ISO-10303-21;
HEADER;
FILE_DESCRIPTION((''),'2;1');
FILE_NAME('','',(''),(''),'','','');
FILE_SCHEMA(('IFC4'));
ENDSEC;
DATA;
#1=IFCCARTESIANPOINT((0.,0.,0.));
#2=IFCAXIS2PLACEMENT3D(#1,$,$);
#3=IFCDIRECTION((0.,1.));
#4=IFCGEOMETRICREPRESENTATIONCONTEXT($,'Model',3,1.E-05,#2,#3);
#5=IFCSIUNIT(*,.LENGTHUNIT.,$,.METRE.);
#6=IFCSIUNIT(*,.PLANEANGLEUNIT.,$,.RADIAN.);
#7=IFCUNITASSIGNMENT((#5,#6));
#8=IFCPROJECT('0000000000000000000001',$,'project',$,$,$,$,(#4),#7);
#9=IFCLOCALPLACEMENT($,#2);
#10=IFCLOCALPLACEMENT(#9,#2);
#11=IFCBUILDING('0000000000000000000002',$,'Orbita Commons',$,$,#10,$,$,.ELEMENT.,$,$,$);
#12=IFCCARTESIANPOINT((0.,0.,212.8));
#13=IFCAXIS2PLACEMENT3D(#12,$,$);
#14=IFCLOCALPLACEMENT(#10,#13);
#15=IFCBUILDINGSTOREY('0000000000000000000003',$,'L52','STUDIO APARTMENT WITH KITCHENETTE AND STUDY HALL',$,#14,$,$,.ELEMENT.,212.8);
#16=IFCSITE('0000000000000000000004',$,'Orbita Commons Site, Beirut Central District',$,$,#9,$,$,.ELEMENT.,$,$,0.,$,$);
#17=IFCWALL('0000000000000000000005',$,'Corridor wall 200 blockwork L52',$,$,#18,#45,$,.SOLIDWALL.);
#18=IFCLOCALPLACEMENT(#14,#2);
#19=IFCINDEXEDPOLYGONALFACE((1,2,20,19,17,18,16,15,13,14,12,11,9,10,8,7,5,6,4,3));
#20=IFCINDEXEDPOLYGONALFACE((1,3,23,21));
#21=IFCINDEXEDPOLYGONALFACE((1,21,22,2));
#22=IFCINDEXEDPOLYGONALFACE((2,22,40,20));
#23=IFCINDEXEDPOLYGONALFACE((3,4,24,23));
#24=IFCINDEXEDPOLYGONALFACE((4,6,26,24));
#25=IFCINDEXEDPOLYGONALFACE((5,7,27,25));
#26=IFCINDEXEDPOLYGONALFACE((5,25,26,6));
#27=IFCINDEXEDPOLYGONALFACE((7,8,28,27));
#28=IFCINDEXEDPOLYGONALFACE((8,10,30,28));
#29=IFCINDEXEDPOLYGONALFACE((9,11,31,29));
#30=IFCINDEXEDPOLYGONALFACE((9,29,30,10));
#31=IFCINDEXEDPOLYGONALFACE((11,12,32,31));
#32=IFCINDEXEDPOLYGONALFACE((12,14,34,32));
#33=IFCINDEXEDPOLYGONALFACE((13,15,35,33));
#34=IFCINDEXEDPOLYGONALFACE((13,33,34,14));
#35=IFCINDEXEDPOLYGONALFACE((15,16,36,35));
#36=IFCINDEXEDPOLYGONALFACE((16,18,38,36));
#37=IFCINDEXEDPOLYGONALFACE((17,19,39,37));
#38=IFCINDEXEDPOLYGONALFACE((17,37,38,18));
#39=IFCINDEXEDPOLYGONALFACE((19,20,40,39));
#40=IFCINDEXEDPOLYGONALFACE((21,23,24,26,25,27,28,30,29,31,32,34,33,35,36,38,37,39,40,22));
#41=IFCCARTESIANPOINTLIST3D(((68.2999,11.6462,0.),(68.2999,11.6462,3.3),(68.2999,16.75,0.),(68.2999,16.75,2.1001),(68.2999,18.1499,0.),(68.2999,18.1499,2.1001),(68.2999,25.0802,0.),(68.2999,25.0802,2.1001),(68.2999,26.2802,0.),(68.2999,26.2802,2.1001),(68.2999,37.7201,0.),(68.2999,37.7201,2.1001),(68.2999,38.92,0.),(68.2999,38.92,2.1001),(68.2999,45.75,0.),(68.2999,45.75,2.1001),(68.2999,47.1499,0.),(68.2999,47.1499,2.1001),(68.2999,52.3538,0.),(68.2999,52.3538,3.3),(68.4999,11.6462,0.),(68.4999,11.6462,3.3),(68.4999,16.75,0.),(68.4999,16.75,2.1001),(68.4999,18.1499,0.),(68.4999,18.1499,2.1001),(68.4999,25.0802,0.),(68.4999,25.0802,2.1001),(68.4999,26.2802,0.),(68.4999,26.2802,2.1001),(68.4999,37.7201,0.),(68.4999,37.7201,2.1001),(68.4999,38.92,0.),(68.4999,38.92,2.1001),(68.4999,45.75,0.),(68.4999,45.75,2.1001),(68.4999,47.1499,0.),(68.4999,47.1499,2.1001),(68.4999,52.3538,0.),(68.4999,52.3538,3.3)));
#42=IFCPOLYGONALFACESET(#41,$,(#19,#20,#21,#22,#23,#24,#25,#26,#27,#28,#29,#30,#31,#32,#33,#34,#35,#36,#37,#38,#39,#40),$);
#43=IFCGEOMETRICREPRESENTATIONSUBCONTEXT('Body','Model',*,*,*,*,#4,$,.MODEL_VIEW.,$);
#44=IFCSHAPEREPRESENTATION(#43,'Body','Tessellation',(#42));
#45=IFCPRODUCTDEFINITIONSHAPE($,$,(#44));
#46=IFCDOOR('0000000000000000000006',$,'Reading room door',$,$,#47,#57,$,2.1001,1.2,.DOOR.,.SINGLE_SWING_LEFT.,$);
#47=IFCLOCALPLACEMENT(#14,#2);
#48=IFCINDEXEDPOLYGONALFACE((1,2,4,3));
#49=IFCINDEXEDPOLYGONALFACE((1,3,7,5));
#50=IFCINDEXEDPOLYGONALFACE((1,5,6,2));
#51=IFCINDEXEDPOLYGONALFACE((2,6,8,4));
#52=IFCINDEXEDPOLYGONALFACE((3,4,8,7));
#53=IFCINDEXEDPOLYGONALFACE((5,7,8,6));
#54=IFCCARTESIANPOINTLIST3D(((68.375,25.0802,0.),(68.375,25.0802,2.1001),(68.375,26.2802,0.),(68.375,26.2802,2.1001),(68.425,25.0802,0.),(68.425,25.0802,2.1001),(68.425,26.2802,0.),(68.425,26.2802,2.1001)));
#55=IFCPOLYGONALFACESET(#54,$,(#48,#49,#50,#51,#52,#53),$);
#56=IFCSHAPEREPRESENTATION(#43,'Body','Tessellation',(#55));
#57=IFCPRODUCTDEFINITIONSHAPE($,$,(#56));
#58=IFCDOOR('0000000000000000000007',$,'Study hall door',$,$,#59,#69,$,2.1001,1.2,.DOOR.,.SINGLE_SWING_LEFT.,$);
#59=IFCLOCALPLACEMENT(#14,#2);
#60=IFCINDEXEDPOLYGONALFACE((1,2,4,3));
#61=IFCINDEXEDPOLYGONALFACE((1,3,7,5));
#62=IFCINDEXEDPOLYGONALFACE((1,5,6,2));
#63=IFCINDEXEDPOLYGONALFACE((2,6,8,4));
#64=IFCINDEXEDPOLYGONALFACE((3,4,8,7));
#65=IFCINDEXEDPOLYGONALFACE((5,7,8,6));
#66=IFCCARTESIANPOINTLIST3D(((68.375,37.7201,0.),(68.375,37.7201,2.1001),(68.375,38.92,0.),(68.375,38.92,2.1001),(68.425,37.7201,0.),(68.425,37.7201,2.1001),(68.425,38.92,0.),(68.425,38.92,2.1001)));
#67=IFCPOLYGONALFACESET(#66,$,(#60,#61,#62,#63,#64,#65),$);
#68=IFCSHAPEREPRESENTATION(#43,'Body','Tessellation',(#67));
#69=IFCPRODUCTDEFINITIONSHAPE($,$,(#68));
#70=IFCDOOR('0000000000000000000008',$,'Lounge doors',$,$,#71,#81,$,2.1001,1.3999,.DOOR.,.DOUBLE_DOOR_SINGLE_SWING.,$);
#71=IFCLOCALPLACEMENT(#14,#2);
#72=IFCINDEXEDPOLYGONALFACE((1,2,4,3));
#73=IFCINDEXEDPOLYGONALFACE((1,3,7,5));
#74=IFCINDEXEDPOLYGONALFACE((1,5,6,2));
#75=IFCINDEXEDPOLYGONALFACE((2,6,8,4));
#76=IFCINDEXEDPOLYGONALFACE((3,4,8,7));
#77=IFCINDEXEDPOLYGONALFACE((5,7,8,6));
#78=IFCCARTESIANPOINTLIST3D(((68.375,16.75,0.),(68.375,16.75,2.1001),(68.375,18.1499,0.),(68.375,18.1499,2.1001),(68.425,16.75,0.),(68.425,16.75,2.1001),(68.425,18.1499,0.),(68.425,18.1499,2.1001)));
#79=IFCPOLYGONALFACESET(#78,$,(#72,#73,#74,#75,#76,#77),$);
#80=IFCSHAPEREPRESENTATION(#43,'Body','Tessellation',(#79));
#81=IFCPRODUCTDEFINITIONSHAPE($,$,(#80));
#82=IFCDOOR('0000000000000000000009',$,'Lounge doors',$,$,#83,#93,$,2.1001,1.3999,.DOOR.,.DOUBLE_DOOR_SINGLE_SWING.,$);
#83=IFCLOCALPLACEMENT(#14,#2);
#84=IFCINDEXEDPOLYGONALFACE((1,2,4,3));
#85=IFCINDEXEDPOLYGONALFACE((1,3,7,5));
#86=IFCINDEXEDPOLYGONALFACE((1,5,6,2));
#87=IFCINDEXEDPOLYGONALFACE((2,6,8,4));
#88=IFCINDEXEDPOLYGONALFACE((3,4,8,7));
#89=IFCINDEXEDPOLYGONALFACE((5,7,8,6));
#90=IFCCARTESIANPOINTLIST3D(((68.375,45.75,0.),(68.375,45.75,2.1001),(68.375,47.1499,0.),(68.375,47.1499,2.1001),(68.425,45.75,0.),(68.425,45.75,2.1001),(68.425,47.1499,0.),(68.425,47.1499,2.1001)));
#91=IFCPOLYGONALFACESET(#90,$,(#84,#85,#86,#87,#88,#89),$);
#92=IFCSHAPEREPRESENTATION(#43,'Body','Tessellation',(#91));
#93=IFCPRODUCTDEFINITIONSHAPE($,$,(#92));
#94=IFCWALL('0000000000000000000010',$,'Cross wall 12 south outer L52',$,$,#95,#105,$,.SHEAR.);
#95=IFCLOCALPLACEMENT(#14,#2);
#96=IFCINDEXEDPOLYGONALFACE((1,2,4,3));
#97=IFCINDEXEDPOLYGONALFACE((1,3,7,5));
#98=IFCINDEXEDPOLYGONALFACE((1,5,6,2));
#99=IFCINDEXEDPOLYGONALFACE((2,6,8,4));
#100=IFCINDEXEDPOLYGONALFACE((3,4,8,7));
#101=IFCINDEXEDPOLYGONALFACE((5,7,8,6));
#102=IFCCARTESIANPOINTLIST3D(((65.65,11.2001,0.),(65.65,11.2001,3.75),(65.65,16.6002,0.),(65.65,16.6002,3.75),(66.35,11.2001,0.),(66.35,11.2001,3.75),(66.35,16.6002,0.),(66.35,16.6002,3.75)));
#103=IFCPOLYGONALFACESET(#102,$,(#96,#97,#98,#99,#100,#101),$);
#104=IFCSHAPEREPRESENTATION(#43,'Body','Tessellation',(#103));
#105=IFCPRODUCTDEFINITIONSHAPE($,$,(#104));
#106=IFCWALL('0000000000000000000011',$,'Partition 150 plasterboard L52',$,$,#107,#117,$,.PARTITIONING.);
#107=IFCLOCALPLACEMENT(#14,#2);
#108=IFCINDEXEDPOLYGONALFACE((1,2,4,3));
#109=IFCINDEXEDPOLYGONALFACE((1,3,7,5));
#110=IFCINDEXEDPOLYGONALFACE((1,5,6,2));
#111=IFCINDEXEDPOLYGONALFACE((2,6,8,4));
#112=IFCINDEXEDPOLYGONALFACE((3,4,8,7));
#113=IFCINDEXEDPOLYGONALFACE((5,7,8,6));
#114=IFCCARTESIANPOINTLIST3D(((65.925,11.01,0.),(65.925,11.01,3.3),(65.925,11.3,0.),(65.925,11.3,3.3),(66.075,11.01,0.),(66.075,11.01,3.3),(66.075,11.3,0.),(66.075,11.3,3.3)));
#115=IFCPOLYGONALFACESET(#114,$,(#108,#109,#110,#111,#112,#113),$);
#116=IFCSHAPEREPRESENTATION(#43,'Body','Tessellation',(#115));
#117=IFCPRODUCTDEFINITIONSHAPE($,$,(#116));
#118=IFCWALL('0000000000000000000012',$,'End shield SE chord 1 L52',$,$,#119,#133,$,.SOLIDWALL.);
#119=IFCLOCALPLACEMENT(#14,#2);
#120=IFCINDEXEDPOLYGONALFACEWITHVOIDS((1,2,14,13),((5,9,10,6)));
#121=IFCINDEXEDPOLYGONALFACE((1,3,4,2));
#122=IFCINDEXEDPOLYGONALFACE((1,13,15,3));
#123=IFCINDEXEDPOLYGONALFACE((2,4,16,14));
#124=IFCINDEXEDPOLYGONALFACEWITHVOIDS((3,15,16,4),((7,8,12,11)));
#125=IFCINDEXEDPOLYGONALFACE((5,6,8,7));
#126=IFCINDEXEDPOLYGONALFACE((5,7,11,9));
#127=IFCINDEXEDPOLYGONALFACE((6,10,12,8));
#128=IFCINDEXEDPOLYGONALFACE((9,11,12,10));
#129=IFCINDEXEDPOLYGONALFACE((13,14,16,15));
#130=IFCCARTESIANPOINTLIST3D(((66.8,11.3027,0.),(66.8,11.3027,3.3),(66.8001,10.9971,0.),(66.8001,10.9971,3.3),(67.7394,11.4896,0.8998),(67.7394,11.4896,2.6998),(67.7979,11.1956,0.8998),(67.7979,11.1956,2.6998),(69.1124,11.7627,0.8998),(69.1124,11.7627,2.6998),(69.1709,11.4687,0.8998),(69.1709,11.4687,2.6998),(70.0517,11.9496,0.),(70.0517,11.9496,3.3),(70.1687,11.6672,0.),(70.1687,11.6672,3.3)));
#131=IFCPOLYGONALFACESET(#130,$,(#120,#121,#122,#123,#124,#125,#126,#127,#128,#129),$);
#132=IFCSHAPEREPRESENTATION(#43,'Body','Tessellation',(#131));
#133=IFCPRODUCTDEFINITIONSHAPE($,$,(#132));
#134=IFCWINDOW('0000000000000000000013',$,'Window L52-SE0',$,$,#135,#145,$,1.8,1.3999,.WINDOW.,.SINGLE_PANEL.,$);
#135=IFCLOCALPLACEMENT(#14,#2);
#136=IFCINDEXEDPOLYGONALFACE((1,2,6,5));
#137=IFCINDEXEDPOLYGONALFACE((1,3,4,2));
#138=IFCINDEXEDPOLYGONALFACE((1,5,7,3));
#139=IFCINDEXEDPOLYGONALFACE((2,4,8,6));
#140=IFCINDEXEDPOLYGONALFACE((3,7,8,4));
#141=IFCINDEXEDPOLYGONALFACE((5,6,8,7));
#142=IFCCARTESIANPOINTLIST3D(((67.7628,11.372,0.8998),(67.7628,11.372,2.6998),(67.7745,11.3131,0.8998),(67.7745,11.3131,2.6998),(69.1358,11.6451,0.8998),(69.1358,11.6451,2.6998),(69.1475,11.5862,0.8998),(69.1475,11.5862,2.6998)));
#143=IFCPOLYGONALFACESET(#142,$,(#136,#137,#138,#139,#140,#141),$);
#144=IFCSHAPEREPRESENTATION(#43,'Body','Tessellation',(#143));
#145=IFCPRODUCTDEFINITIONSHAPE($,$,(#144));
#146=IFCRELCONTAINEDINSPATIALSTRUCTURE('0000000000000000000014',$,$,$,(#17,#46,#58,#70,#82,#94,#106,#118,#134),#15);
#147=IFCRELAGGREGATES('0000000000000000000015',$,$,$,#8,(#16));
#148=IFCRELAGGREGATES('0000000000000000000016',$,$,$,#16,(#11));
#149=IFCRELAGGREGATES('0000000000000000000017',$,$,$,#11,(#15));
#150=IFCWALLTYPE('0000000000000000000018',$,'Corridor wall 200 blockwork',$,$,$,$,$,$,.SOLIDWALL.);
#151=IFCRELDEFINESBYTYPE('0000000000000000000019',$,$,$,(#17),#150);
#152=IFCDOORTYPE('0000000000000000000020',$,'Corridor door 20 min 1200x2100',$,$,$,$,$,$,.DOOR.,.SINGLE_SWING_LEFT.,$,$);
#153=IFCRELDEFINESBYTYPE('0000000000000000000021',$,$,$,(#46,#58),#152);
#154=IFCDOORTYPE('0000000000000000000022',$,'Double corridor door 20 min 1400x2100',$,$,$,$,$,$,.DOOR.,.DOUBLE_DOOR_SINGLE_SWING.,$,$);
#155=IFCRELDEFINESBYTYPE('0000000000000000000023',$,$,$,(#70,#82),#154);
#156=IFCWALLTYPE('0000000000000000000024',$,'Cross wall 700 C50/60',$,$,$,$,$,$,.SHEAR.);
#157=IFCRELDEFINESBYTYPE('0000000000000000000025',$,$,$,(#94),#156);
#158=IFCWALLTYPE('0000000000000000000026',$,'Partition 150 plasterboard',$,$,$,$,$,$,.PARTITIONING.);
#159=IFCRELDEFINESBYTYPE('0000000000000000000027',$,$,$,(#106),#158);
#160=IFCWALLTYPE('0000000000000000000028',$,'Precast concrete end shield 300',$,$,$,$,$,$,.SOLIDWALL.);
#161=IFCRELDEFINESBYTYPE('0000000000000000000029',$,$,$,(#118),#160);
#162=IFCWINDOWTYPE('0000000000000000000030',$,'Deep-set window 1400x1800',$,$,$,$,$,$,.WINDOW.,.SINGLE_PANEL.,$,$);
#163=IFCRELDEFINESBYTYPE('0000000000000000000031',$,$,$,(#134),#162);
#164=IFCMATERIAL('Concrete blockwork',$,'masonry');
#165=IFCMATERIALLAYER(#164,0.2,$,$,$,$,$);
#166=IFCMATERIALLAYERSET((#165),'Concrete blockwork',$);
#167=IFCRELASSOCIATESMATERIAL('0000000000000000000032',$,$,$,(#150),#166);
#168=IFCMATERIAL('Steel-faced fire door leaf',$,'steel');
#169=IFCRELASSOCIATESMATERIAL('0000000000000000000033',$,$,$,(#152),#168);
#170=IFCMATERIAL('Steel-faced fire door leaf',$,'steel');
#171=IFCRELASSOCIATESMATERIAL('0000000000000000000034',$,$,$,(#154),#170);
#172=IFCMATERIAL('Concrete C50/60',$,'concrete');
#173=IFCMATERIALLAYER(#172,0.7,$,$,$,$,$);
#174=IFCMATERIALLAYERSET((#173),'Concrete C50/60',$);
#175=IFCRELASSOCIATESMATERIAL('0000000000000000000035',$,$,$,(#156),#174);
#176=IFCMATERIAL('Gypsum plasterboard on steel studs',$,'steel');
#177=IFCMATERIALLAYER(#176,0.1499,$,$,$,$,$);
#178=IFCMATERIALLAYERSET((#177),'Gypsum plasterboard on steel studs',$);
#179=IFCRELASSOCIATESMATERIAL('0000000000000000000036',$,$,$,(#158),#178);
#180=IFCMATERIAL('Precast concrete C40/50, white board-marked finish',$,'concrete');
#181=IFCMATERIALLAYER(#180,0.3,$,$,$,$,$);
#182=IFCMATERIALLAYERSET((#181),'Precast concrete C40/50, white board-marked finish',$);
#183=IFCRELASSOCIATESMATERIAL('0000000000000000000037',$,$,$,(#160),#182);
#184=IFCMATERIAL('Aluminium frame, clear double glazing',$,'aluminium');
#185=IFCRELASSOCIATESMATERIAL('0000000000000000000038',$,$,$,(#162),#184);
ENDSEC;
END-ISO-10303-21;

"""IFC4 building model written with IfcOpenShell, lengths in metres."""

from ifc_helpers import new_model, si_unit, direction, frame, frame_2d, origin, place, context, subcontext, project, spatial, polyline, rectangle, outline, extrude, material, layer, layer_set, type_object, element, fill, save


model = new_model("IFC4")

# Units and contexts
model_context = context("Model", 3, precision=1e-05, world=origin(), true_north=direction((0.0, 1.0)))
body_context = subcontext(model_context, "Body", "Model", "MODEL_VIEW")
ifc_project = project(units=[si_unit("LENGTHUNIT", "METRE"), si_unit("PLANEANGLEUNIT", "RADIAN")], contexts=[model_context])

# Site, building, storey
site_placement = place(None, origin())
site = spatial("IfcSite", under=ifc_project, at=site_placement, Name="Orbita Commons Site, Beirut Central District", CompositionType="ELEMENT", RefElevation=0.0)
building_placement = place(site_placement, origin())
building = spatial("IfcBuilding", under=site, at=building_placement, Name="Orbita Commons", CompositionType="ELEMENT")
storey_placement = place(building_placement, frame((0.0, 0.0, 212.8)))
storey = spatial("IfcBuildingStorey", under=building, at=storey_placement, Name="L52", Description="STUDIO APARTMENT WITH KITCHENETTE AND STUDY HALL", CompositionType="ELEMENT", Elevation=212.8)

# Wall, openings, doors
ifc_material_1 = material(Name="Concrete blockwork", Category="masonry")
ifc_layer_1 = layer(ifc_material_1, 0.2)
ifc_layer_set_1 = layer_set([ifc_layer_1], Name="Concrete blockwork")
wall_type_1 = type_object("IfcWallType", Name="Corridor wall 200 blockwork", PredefinedType="SOLIDWALL", material=ifc_layer_set_1)
wall_1_placement = place(storey_placement, frame((68.3999, 11.6462, 0.0), z_axis=(0.0, 0.0, 1.0), x_axis=(0.0, 1.0, 0.0)))
wall_1 = element("IfcWall", 1, at=wall_1_placement, inside=storey, type_object=wall_type_1, Name="Corridor wall 200 blockwork L52", PredefinedType="SOLIDWALL", context=body_context, shape_type="SweptSolid", body=[
    extrude(rectangle(XDim=40.7075, YDim=0.2, at=frame_2d((20.3538, 0.0))), origin(), (0.0, 0.0, 1.0), 3.3),
])
opening_1_placement = place(wall_1_placement, frame((13.4338, 0.0, 0.0)))
opening_1 = element("IfcOpeningElement", 2, at=opening_1_placement, cuts=wall_1, PredefinedType="OPENING", context=body_context, shape_type="SweptSolid", body=[
    extrude(rectangle(XDim=1.2, YDim=2.1001, at=frame_2d((0.6001, 1.05))), frame((0.0, 0.1099, 0.0), z_axis=(0.0, -1.0, 0.0), x_axis=(1.0, 0.0, 0.0)), (0.0, 0.0, 1.0), 0.22),
])
opening_2_placement = place(wall_1_placement, frame((26.0737, 0.0, 0.0)))
opening_2 = element("IfcOpeningElement", 3, at=opening_2_placement, cuts=wall_1, PredefinedType="OPENING", context=body_context, shape_type="SweptSolid", body=[
    extrude(rectangle(XDim=1.2, YDim=2.1001, at=frame_2d((0.6001, 1.05))), frame((0.0, 0.1099, 0.0), z_axis=(0.0, -1.0, 0.0), x_axis=(1.0, 0.0, 0.0)), (0.0, 0.0, 1.0), 0.22),
])
opening_3_placement = place(wall_1_placement, frame((5.1038, 0.0, 0.0)))
opening_3 = element("IfcOpeningElement", 4, at=opening_3_placement, cuts=wall_1, PredefinedType="OPENING", context=body_context, shape_type="SweptSolid", body=[
    extrude(rectangle(XDim=1.3999, YDim=2.1001, at=frame_2d((0.7, 1.05))), frame((0.0, 0.1099, 0.0), z_axis=(0.0, -1.0, 0.0), x_axis=(1.0, 0.0, 0.0)), (0.0, 0.0, 1.0), 0.22),
])
opening_4_placement = place(wall_1_placement, frame((34.1038, 0.0, 0.0)))
opening_4 = element("IfcOpeningElement", 5, at=opening_4_placement, cuts=wall_1, PredefinedType="OPENING", context=body_context, shape_type="SweptSolid", body=[
    extrude(rectangle(XDim=1.3999, YDim=2.1001, at=frame_2d((0.7, 1.05))), frame((0.0, 0.1099, 0.0), z_axis=(0.0, -1.0, 0.0), x_axis=(1.0, 0.0, 0.0)), (0.0, 0.0, 1.0), 0.22),
])
ifc_material_2 = material(Name="Steel-faced fire door leaf", Category="steel")
door_type_1 = type_object("IfcDoorType", Name="Corridor door 20 min 1200x2100", OperationType="SINGLE_SWING_LEFT", PredefinedType="DOOR", material=ifc_material_2)
door_1_placement = place(opening_1_placement, origin())
door_1 = element("IfcDoor", 6, at=door_1_placement, inside=storey, type_object=door_type_1, Name="Reading room door", OperationType="SINGLE_SWING_LEFT", OverallHeight=2.1001, OverallWidth=1.2, PredefinedType="DOOR", context=body_context, shape_type="SweptSolid", body=[
    extrude(rectangle(XDim=1.2, YDim=2.1001, at=frame_2d((0.6001, 1.05))), frame((0.0, 0.0249, 0.0), z_axis=(0.0, -1.0, 0.0), x_axis=(1.0, 0.0, 0.0)), (0.0, 0.0, 1.0), 0.05),
])
fill(opening_1, door_1)
door_2_placement = place(opening_2_placement, origin())
door_2 = element("IfcDoor", 7, at=door_2_placement, inside=storey, type_object=door_type_1, Name="Study hall door", OperationType="SINGLE_SWING_LEFT", OverallHeight=2.1001, OverallWidth=1.2, PredefinedType="DOOR", context=body_context, shape_type="SweptSolid", body=[
    extrude(rectangle(XDim=1.2, YDim=2.1001, at=frame_2d((0.6001, 1.05))), frame((0.0, 0.0249, 0.0), z_axis=(0.0, -1.0, 0.0), x_axis=(1.0, 0.0, 0.0)), (0.0, 0.0, 1.0), 0.05),
])
fill(opening_2, door_2)
ifc_material_3 = material(Name="Steel-faced fire door leaf", Category="steel")
door_type_2 = type_object("IfcDoorType", Name="Double corridor door 20 min 1400x2100", OperationType="DOUBLE_DOOR_SINGLE_SWING", PredefinedType="DOOR", material=ifc_material_3)
door_3_placement = place(opening_3_placement, origin())
door_3 = element("IfcDoor", 8, at=door_3_placement, inside=storey, type_object=door_type_2, Name="Lounge doors", OperationType="DOUBLE_DOOR_SINGLE_SWING", OverallHeight=2.1001, OverallWidth=1.3999, PredefinedType="DOOR", context=body_context, shape_type="SweptSolid", body=[
    extrude(rectangle(XDim=1.3999, YDim=2.1001, at=frame_2d((0.7, 1.05))), frame((0.0, 0.0249, 0.0), z_axis=(0.0, -1.0, 0.0), x_axis=(1.0, 0.0, 0.0)), (0.0, 0.0, 1.0), 0.05),
])
fill(opening_3, door_3)
door_4_placement = place(opening_4_placement, origin())
door_4 = element("IfcDoor", 9, at=door_4_placement, inside=storey, type_object=door_type_2, Name="Lounge doors", OperationType="DOUBLE_DOOR_SINGLE_SWING", OverallHeight=2.1001, OverallWidth=1.3999, PredefinedType="DOOR", context=body_context, shape_type="SweptSolid", body=[
    extrude(rectangle(XDim=1.3999, YDim=2.1001, at=frame_2d((0.7, 1.05))), frame((0.0, 0.0249, 0.0), z_axis=(0.0, -1.0, 0.0), x_axis=(1.0, 0.0, 0.0)), (0.0, 0.0, 1.0), 0.05),
])
fill(opening_4, door_4)

# Walls
ifc_material_4 = material(Name="Concrete C50/60", Category="concrete")
ifc_layer_2 = layer(ifc_material_4, 0.7)
ifc_layer_set_2 = layer_set([ifc_layer_2], Name="Concrete C50/60")
wall_type_2 = type_object("IfcWallType", Name="Cross wall 700 C50/60", PredefinedType="SHEAR", material=ifc_layer_set_2)
wall_2_placement = place(storey_placement, frame((66.0, 11.2, 0.0), z_axis=(0.0, 0.0, 1.0), x_axis=(0.0, 1.0, 0.0)))
element("IfcWall", 10, at=wall_2_placement, inside=storey, type_object=wall_type_2, Name="Cross wall 12 south outer L52", PredefinedType="SHEAR", context=body_context, shape_type="SweptSolid", body=[
    extrude(rectangle(XDim=5.4001, YDim=0.7, at=frame_2d((2.7002, 0.0))), origin(), (0.0, 0.0, 1.0), 3.75),
])
ifc_material_5 = material(Name="Gypsum plasterboard on steel studs", Category="steel")
ifc_layer_3 = layer(ifc_material_5, 0.1499)
ifc_layer_set_3 = layer_set([ifc_layer_3], Name="Gypsum plasterboard on steel studs")
wall_type_3 = type_object("IfcWallType", Name="Partition 150 plasterboard", PredefinedType="PARTITIONING", material=ifc_layer_set_3)
wall_3_placement = place(storey_placement, frame((66.0, 11.3, 0.0), z_axis=(0.0, 0.0, 1.0), x_axis=(0.0, -1.0, 0.0)))
element("IfcWall", 11, at=wall_3_placement, inside=storey, type_object=wall_type_3, Name="Partition 150 plasterboard L52", PredefinedType="PARTITIONING", context=body_context, shape_type="SweptSolid", body=[
    extrude(rectangle(XDim=0.29, YDim=0.1499, at=frame_2d((0.145, 0.0))), origin(), (0.0, 0.0, 1.0), 3.3),
])

# Wall, opening, window
ifc_material_6 = material(Name="Precast concrete C40/50, white board-marked finish", Category="concrete")
ifc_layer_4 = layer(ifc_material_6, 0.3)
ifc_layer_set_4 = layer_set([ifc_layer_4], Name="Precast concrete C40/50, white board-marked finish")
wall_type_4 = type_object("IfcWallType", Name="Precast concrete end shield 300", PredefinedType="SOLIDWALL", material=ifc_layer_set_4)
wall_4_placement = place(storey_placement, frame((66.8, 11.1499, 0.0), z_axis=(0.0, 0.0, 1.0), x_axis=(0.980783, 0.1951, 0.0)))
wall_4 = element("IfcWall", 12, at=wall_4_placement, inside=storey, type_object=wall_type_4, Name="End shield SE chord 1 L52", PredefinedType="SOLIDWALL", context=body_context, shape_type="SweptSolid", body=[
    extrude(outline(polyline([(-0.0298, -0.1499), (3.4048, -0.1499), (3.3452, 0.1499), (0.0298, 0.1499), (-0.0298, -0.1499)])), origin(), (0.0, 0.0, 1.0), 3.3),
])
opening_5_placement = place(wall_4_placement, frame((0.9875, 0.0, 0.8999)))
opening_5 = element("IfcOpeningElement", 13, at=opening_5_placement, cuts=wall_4, PredefinedType="OPENING", context=body_context, shape_type="SweptSolid", body=[
    extrude(rectangle(XDim=1.3999, YDim=1.8, at=frame_2d((0.7, 0.8999))), frame((0.0, 0.1599, 0.0), z_axis=(0.0, -1.0, 0.0), x_axis=(1.0, 0.0, 0.0)), (0.0, 0.0, 1.0), 0.3201),
])
ifc_material_7 = material(Name="Aluminium frame, clear double glazing", Category="aluminium")
window_type = type_object("IfcWindowType", Name="Deep-set window 1400x1800", PartitioningType="SINGLE_PANEL", PredefinedType="WINDOW", material=ifc_material_7)
window_1_placement = place(opening_5_placement, origin())
window_1 = element("IfcWindow", 14, at=window_1_placement, inside=storey, type_object=window_type, Name="Window L52-SE0", OverallHeight=1.8, OverallWidth=1.3999, PartitioningType="SINGLE_PANEL", PredefinedType="WINDOW", context=body_context, shape_type="SweptSolid", body=[
    extrude(rectangle(XDim=1.3999, YDim=1.8, at=frame_2d((0.7, 0.8999))), frame((0.0, 0.03, 0.0), z_axis=(0.0, -1.0, 0.0), x_axis=(1.0, 0.0, 0.0)), (0.0, 0.0, 1.0), 0.0601),
])
fill(opening_5, window_1)

save(model, "model.ifc")
